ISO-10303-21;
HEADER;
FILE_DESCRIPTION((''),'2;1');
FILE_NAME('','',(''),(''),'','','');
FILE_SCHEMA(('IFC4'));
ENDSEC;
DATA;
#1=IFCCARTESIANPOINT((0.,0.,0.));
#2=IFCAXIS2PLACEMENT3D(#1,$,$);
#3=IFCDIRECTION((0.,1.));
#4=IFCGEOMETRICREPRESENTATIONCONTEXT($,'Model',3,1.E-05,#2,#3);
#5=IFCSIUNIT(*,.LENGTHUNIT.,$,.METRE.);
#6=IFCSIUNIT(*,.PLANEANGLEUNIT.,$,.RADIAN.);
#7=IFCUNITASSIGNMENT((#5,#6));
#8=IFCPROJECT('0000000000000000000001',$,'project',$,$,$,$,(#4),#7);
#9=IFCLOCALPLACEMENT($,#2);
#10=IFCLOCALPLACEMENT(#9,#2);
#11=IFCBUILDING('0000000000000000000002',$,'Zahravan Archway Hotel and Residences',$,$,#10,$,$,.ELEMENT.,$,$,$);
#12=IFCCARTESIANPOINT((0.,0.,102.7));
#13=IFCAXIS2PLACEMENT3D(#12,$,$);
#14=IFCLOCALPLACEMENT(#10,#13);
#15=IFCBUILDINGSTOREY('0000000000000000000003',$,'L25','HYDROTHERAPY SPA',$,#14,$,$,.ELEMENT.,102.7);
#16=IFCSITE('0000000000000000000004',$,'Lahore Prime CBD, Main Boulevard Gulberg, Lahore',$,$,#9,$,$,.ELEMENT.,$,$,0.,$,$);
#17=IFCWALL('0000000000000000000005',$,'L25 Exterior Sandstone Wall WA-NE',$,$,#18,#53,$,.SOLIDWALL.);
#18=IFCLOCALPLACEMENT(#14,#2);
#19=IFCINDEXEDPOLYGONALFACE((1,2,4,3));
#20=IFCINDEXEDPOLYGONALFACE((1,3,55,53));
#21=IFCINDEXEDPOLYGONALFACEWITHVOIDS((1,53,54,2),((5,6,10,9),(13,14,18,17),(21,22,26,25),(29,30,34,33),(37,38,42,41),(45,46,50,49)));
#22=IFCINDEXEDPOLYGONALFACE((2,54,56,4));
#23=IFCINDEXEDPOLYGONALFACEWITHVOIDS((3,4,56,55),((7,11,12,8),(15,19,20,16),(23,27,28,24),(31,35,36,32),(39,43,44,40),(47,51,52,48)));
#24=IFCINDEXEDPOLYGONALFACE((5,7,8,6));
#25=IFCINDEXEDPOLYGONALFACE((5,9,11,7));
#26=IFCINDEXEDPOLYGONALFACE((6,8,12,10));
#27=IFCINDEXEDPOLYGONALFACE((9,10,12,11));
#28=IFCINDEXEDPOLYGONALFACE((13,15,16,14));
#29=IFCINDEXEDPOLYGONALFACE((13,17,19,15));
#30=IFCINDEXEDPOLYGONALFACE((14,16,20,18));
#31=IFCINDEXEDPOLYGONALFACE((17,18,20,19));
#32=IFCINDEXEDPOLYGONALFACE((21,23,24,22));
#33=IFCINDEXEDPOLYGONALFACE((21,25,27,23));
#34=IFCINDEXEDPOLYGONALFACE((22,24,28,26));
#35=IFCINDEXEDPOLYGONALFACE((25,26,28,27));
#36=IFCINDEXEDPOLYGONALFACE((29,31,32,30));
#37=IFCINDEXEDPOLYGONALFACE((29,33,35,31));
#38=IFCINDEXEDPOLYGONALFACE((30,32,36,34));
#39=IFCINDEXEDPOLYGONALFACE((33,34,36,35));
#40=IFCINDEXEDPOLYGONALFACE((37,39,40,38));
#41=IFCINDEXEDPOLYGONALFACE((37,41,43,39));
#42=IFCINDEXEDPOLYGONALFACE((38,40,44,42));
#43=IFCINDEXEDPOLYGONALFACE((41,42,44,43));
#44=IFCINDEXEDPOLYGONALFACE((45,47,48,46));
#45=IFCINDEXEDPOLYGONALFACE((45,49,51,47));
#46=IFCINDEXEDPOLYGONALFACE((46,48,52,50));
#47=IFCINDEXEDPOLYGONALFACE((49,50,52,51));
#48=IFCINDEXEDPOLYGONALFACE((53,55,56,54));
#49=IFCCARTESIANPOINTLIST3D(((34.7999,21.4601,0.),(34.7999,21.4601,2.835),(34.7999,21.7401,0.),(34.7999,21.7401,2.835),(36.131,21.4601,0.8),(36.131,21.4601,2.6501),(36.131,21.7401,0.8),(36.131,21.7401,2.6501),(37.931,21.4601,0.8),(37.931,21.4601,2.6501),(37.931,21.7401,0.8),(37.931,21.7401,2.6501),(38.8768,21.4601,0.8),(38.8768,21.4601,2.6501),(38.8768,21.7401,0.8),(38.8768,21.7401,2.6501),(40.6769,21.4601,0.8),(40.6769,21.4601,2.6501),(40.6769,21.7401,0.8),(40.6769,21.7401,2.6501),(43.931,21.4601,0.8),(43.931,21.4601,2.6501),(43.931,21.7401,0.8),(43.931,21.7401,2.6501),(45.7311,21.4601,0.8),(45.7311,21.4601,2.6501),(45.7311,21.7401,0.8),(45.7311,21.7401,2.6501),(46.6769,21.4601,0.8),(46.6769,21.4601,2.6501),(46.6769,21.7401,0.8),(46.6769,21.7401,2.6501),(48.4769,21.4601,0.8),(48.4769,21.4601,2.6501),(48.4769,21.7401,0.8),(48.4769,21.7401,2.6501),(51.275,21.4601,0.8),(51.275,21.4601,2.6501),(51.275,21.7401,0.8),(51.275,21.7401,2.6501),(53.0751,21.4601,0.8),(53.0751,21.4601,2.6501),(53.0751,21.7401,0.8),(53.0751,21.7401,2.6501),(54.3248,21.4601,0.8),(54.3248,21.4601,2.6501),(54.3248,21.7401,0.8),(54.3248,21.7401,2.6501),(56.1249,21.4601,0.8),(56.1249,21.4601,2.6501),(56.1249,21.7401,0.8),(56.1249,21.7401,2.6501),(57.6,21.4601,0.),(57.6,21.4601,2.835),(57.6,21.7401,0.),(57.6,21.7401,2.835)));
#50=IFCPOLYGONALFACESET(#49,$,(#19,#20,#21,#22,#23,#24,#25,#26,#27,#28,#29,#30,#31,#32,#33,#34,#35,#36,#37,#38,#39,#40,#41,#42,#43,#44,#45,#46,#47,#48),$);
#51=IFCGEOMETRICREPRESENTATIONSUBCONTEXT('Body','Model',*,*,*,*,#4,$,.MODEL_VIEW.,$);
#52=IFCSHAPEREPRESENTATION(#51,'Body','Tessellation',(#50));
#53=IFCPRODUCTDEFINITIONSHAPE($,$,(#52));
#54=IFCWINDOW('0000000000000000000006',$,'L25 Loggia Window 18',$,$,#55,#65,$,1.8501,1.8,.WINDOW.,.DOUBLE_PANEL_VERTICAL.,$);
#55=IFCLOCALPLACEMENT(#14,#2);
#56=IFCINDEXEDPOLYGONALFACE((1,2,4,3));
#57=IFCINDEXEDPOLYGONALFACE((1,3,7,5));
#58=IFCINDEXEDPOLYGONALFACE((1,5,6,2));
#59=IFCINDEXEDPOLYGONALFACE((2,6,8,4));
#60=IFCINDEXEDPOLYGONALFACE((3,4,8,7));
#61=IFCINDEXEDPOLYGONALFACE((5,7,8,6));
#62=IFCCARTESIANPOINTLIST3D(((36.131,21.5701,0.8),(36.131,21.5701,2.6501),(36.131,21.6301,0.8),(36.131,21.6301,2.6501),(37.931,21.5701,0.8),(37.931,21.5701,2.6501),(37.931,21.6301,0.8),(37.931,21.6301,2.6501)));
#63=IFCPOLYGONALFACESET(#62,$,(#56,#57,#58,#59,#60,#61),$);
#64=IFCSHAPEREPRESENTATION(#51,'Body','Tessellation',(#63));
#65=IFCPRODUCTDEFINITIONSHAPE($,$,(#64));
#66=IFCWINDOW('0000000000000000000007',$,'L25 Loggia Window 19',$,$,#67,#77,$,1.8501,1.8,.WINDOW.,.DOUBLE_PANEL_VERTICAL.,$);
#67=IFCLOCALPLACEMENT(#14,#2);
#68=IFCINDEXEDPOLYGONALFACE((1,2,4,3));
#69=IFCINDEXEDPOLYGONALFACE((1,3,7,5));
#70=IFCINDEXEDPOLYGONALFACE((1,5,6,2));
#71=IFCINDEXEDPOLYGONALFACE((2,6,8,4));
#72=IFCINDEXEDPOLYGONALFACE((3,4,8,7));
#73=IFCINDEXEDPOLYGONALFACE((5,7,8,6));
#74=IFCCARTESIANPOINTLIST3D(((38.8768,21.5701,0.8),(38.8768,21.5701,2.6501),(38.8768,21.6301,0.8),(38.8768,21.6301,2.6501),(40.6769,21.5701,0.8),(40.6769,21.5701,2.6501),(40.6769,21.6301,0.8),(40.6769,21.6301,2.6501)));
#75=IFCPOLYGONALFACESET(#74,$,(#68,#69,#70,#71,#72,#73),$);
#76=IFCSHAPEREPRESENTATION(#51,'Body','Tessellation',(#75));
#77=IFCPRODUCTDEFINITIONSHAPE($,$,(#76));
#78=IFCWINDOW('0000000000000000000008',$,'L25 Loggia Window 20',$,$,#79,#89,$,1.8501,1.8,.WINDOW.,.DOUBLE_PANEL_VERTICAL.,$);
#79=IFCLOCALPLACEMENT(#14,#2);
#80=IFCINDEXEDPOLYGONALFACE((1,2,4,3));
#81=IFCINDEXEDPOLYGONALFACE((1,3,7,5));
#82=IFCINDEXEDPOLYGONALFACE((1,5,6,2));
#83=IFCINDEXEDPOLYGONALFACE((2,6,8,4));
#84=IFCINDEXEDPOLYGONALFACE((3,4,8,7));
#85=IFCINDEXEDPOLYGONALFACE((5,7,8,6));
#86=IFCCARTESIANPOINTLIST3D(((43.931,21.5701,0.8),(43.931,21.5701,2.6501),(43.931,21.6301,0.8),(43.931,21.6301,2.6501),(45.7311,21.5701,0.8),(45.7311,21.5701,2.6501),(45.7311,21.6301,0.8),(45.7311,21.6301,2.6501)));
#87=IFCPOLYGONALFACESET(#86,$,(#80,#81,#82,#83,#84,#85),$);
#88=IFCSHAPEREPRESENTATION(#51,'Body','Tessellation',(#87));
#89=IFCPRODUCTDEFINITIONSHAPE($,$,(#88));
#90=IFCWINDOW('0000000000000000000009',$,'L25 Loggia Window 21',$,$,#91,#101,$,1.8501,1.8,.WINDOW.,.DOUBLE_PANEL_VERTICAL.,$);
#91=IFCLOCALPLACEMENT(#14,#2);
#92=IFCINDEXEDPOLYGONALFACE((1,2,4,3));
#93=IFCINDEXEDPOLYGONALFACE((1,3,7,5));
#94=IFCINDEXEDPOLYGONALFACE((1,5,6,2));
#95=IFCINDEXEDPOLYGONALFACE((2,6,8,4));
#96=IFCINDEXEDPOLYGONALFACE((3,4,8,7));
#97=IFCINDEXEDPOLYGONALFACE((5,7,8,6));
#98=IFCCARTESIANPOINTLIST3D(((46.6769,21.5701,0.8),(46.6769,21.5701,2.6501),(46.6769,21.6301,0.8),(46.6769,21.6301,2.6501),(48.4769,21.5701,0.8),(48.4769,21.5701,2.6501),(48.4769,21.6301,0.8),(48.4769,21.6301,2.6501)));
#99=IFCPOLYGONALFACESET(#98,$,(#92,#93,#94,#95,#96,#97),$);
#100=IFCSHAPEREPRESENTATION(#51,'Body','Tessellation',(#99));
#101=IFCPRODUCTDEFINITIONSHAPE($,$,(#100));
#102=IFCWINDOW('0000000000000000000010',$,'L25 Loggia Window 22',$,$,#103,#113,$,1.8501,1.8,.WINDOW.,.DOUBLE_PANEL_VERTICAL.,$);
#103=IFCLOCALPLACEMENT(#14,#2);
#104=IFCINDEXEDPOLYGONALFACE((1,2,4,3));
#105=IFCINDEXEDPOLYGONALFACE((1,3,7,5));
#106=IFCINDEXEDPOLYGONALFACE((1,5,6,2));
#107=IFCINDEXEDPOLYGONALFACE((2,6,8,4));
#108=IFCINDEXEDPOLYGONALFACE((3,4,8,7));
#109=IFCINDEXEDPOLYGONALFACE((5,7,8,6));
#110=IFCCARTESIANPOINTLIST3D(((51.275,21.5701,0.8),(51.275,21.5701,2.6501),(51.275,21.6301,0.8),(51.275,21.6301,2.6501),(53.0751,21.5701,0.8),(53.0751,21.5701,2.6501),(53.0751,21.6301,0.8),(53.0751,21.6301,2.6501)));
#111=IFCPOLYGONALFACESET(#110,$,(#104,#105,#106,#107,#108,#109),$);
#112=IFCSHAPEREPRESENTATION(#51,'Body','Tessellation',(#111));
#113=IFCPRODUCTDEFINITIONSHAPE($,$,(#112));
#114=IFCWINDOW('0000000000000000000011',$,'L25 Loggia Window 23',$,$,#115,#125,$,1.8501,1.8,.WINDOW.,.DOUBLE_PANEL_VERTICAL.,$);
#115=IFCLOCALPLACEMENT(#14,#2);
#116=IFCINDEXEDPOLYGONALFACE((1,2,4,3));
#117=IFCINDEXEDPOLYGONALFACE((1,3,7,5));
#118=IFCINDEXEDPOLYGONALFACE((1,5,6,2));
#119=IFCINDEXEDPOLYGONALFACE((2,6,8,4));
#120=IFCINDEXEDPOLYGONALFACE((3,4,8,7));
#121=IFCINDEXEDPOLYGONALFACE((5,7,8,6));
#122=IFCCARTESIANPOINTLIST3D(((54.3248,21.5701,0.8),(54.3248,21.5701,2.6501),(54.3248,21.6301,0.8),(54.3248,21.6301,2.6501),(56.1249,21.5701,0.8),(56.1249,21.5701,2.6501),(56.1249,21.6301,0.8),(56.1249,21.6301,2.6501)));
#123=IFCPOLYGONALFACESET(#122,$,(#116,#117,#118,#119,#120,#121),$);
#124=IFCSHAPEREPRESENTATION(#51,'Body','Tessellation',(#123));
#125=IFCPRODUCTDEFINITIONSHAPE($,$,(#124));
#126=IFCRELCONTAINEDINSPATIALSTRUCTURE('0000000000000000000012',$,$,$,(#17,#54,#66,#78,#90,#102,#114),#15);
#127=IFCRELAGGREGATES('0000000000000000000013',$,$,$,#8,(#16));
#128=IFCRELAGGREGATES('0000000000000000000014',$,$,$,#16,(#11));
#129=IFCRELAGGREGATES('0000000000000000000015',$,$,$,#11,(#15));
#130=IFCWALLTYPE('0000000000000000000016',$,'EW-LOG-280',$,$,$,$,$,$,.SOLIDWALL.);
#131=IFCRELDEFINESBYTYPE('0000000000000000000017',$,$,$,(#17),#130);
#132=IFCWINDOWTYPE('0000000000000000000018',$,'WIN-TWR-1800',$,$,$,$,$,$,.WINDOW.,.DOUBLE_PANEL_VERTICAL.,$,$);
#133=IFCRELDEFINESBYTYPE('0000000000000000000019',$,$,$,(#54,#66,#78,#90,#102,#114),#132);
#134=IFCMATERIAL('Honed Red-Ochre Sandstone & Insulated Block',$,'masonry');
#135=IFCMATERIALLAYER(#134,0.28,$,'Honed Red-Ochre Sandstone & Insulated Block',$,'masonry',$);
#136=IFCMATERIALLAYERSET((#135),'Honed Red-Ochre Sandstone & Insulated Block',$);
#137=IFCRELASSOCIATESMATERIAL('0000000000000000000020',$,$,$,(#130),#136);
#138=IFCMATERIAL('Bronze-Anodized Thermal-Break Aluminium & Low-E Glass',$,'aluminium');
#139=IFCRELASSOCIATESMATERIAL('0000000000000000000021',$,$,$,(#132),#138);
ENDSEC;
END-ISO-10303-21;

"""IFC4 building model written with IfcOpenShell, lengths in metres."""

from ifc_helpers import new_model, si_unit, direction, frame, frame_2d, origin, place, context, subcontext, project, spatial, rectangle, extrude, source, transform, mapped, material, layer, layer_set, type_object, type_shapes, element, fill, save


model = new_model("IFC4")

# Units and contexts
model_context = context("Model", 3, precision=1e-05, world=origin(), true_north=direction((0.0, 1.0)))
body_context = subcontext(model_context, "Body", "Model", "MODEL_VIEW")
ifc_project = project(units=[si_unit("LENGTHUNIT", "METRE"), si_unit("PLANEANGLEUNIT", "RADIAN")], contexts=[model_context])

# Site, building, storey
site_placement = place(None, origin())
site = spatial("IfcSite", under=ifc_project, at=site_placement, Name="Lahore Prime CBD, Main Boulevard Gulberg, Lahore", CompositionType="ELEMENT", RefElevation=0.0)
building_placement = place(site_placement, origin())
building = spatial("IfcBuilding", under=site, at=building_placement, Name="Zahravan Archway Hotel and Residences", CompositionType="ELEMENT")
storey_placement = place(building_placement, frame((0.0, 0.0, 102.7)))
storey = spatial("IfcBuildingStorey", under=building, at=storey_placement, Name="L25", Description="HYDROTHERAPY SPA", CompositionType="ELEMENT", Elevation=102.7)

# Wall, openings, windows
ifc_material_1 = material(Name="Honed Red-Ochre Sandstone & Insulated Block", Category="masonry")
ifc_layer_1 = layer(ifc_material_1, 0.28, Name="Honed Red-Ochre Sandstone & Insulated Block", Category="masonry")
ifc_layer_set_1 = layer_set([ifc_layer_1], Name="Honed Red-Ochre Sandstone & Insulated Block")
wall_type = type_object("IfcWallType", Name="EW-LOG-280", PredefinedType="SOLIDWALL", material=ifc_layer_set_1)
wall_placement = place(storey_placement, frame((34.8, 21.6001, 0.0), z_axis=(0.0, 0.0, 1.0), x_axis=(1.0, 0.0, 0.0)))
wall = element("IfcWall", 1, at=wall_placement, inside=storey, type_object=wall_type, Name="L25 Exterior Sandstone Wall WA-NE", PredefinedType="SOLIDWALL", context=body_context, shape_type="SweptSolid", body=[
    extrude(rectangle(XDim=22.8, YDim=0.28, at=frame_2d((11.3999, 0.0))), origin(), (0.0, 0.0, 1.0), 2.835),
])
opening_1_placement = place(wall_placement, frame((1.3311, 0.0, 0.8)))
opening_1 = element("IfcOpeningElement", 2, at=opening_1_placement, cuts=wall, PredefinedType="OPENING", context=body_context, shape_type="SweptSolid", body=[
    extrude(rectangle(XDim=1.8, YDim=1.8501, at=frame_2d((0.8999, 0.925))), frame((0.0, 0.1499, 0.0), z_axis=(0.0, -1.0, 0.0), x_axis=(1.0, 0.0, 0.0)), (0.0, 0.0, 1.0), 0.3),
])
opening_2_placement = place(wall_placement, frame((4.0769, 0.0, 0.8)))
opening_2 = element("IfcOpeningElement", 3, at=opening_2_placement, cuts=wall, PredefinedType="OPENING", context=body_context, shape_type="SweptSolid", body=[
    extrude(rectangle(XDim=1.8, YDim=1.8501, at=frame_2d((0.8999, 0.925))), frame((0.0, 0.1499, 0.0), z_axis=(0.0, -1.0, 0.0), x_axis=(1.0, 0.0, 0.0)), (0.0, 0.0, 1.0), 0.3),
])
opening_3_placement = place(wall_placement, frame((9.1311, 0.0, 0.8)))
opening_3 = element("IfcOpeningElement", 4, at=opening_3_placement, cuts=wall, PredefinedType="OPENING", context=body_context, shape_type="SweptSolid", body=[
    extrude(rectangle(XDim=1.8, YDim=1.8501, at=frame_2d((0.8999, 0.925))), frame((0.0, 0.1499, 0.0), z_axis=(0.0, -1.0, 0.0), x_axis=(1.0, 0.0, 0.0)), (0.0, 0.0, 1.0), 0.3),
])
opening_4_placement = place(wall_placement, frame((11.877, 0.0, 0.8)))
opening_4 = element("IfcOpeningElement", 5, at=opening_4_placement, cuts=wall, PredefinedType="OPENING", context=body_context, shape_type="SweptSolid", body=[
    extrude(rectangle(XDim=1.8, YDim=1.8501, at=frame_2d((0.8999, 0.925))), frame((0.0, 0.1499, 0.0), z_axis=(0.0, -1.0, 0.0), x_axis=(1.0, 0.0, 0.0)), (0.0, 0.0, 1.0), 0.3),
])
opening_5_placement = place(wall_placement, frame((16.4751, 0.0, 0.8)))
opening_5 = element("IfcOpeningElement", 6, at=opening_5_placement, cuts=wall, PredefinedType="OPENING", context=body_context, shape_type="SweptSolid", body=[
    extrude(rectangle(XDim=1.8, YDim=1.8501, at=frame_2d((0.8999, 0.925))), frame((0.0, 0.1499, 0.0), z_axis=(0.0, -1.0, 0.0), x_axis=(1.0, 0.0, 0.0)), (0.0, 0.0, 1.0), 0.3),
])
opening_6_placement = place(wall_placement, frame((19.5249, 0.0, 0.8)))
opening_6 = element("IfcOpeningElement", 7, at=opening_6_placement, cuts=wall, PredefinedType="OPENING", context=body_context, shape_type="SweptSolid", body=[
    extrude(rectangle(XDim=1.8, YDim=1.8501, at=frame_2d((0.8999, 0.925))), frame((0.0, 0.1499, 0.0), z_axis=(0.0, -1.0, 0.0), x_axis=(1.0, 0.0, 0.0)), (0.0, 0.0, 1.0), 0.3),
])
ifc_material_2 = material(Name="Bronze-Anodized Thermal-Break Aluminium & Low-E Glass", Category="aluminium")
window_type = type_object("IfcWindowType", Name="WIN-TWR-1800", PartitioningType="DOUBLE_PANEL_VERTICAL", PredefinedType="WINDOW", material=ifc_material_2)
shared_shape_1 = source(origin(), body_context, "Body", "SweptSolid", [
    extrude(rectangle(XDim=1.8, YDim=1.8501, at=frame_2d((0.8999, 0.925))), frame((0.0, 0.03, 0.0), z_axis=(0.0, -1.0, 0.0), x_axis=(1.0, 0.0, 0.0)), (0.0, 0.0, 1.0), 0.0601),
])
type_shapes(window_type, [shared_shape_1])
window_1_placement = place(opening_1_placement, origin())
window_1 = element("IfcWindow", 8, at=window_1_placement, inside=storey, type_object=window_type, Name="L25 Loggia Window 18", OverallHeight=1.8501, OverallWidth=1.8, PartitioningType="DOUBLE_PANEL_VERTICAL", PredefinedType="WINDOW", context=body_context, shape_type="MappedRepresentation", body=[
    mapped(shared_shape_1, transform((0.0, 0.0, 0.0), scale=1.0)),
])
fill(opening_1, window_1)
window_2_placement = place(opening_2_placement, origin())
window_2 = element("IfcWindow", 9, at=window_2_placement, inside=storey, type_object=window_type, Name="L25 Loggia Window 19", OverallHeight=1.8501, OverallWidth=1.8, PartitioningType="DOUBLE_PANEL_VERTICAL", PredefinedType="WINDOW", context=body_context, shape_type="MappedRepresentation", body=[
    mapped(shared_shape_1, transform((0.0, 0.0, 0.0), scale=1.0)),
])
fill(opening_2, window_2)
window_3_placement = place(opening_3_placement, origin())
window_3 = element("IfcWindow", 10, at=window_3_placement, inside=storey, type_object=window_type, Name="L25 Loggia Window 20", OverallHeight=1.8501, OverallWidth=1.8, PartitioningType="DOUBLE_PANEL_VERTICAL", PredefinedType="WINDOW", context=body_context, shape_type="MappedRepresentation", body=[
    mapped(shared_shape_1, transform((0.0, 0.0, 0.0), scale=1.0)),
])
fill(opening_3, window_3)
window_4_placement = place(opening_4_placement, origin())
window_4 = element("IfcWindow", 11, at=window_4_placement, inside=storey, type_object=window_type, Name="L25 Loggia Window 21", OverallHeight=1.8501, OverallWidth=1.8, PartitioningType="DOUBLE_PANEL_VERTICAL", PredefinedType="WINDOW", context=body_context, shape_type="MappedRepresentation", body=[
    mapped(shared_shape_1, transform((0.0, 0.0, 0.0), scale=1.0)),
])
fill(opening_4, window_4)
window_5_placement = place(opening_5_placement, origin())
window_5 = element("IfcWindow", 12, at=window_5_placement, inside=storey, type_object=window_type, Name="L25 Loggia Window 22", OverallHeight=1.8501, OverallWidth=1.8, PartitioningType="DOUBLE_PANEL_VERTICAL", PredefinedType="WINDOW", context=body_context, shape_type="MappedRepresentation", body=[
    mapped(shared_shape_1, transform((0.0, 0.0, 0.0), scale=1.0)),
])
fill(opening_5, window_5)
window_6_placement = place(opening_6_placement, origin())
window_6 = element("IfcWindow", 13, at=window_6_placement, inside=storey, type_object=window_type, Name="L25 Loggia Window 23", OverallHeight=1.8501, OverallWidth=1.8, PartitioningType="DOUBLE_PANEL_VERTICAL", PredefinedType="WINDOW", context=body_context, shape_type="MappedRepresentation", body=[
    mapped(shared_shape_1, transform((0.0, 0.0, 0.0), scale=1.0)),
])
fill(opening_6, window_6)

save(model, "model.ifc")
